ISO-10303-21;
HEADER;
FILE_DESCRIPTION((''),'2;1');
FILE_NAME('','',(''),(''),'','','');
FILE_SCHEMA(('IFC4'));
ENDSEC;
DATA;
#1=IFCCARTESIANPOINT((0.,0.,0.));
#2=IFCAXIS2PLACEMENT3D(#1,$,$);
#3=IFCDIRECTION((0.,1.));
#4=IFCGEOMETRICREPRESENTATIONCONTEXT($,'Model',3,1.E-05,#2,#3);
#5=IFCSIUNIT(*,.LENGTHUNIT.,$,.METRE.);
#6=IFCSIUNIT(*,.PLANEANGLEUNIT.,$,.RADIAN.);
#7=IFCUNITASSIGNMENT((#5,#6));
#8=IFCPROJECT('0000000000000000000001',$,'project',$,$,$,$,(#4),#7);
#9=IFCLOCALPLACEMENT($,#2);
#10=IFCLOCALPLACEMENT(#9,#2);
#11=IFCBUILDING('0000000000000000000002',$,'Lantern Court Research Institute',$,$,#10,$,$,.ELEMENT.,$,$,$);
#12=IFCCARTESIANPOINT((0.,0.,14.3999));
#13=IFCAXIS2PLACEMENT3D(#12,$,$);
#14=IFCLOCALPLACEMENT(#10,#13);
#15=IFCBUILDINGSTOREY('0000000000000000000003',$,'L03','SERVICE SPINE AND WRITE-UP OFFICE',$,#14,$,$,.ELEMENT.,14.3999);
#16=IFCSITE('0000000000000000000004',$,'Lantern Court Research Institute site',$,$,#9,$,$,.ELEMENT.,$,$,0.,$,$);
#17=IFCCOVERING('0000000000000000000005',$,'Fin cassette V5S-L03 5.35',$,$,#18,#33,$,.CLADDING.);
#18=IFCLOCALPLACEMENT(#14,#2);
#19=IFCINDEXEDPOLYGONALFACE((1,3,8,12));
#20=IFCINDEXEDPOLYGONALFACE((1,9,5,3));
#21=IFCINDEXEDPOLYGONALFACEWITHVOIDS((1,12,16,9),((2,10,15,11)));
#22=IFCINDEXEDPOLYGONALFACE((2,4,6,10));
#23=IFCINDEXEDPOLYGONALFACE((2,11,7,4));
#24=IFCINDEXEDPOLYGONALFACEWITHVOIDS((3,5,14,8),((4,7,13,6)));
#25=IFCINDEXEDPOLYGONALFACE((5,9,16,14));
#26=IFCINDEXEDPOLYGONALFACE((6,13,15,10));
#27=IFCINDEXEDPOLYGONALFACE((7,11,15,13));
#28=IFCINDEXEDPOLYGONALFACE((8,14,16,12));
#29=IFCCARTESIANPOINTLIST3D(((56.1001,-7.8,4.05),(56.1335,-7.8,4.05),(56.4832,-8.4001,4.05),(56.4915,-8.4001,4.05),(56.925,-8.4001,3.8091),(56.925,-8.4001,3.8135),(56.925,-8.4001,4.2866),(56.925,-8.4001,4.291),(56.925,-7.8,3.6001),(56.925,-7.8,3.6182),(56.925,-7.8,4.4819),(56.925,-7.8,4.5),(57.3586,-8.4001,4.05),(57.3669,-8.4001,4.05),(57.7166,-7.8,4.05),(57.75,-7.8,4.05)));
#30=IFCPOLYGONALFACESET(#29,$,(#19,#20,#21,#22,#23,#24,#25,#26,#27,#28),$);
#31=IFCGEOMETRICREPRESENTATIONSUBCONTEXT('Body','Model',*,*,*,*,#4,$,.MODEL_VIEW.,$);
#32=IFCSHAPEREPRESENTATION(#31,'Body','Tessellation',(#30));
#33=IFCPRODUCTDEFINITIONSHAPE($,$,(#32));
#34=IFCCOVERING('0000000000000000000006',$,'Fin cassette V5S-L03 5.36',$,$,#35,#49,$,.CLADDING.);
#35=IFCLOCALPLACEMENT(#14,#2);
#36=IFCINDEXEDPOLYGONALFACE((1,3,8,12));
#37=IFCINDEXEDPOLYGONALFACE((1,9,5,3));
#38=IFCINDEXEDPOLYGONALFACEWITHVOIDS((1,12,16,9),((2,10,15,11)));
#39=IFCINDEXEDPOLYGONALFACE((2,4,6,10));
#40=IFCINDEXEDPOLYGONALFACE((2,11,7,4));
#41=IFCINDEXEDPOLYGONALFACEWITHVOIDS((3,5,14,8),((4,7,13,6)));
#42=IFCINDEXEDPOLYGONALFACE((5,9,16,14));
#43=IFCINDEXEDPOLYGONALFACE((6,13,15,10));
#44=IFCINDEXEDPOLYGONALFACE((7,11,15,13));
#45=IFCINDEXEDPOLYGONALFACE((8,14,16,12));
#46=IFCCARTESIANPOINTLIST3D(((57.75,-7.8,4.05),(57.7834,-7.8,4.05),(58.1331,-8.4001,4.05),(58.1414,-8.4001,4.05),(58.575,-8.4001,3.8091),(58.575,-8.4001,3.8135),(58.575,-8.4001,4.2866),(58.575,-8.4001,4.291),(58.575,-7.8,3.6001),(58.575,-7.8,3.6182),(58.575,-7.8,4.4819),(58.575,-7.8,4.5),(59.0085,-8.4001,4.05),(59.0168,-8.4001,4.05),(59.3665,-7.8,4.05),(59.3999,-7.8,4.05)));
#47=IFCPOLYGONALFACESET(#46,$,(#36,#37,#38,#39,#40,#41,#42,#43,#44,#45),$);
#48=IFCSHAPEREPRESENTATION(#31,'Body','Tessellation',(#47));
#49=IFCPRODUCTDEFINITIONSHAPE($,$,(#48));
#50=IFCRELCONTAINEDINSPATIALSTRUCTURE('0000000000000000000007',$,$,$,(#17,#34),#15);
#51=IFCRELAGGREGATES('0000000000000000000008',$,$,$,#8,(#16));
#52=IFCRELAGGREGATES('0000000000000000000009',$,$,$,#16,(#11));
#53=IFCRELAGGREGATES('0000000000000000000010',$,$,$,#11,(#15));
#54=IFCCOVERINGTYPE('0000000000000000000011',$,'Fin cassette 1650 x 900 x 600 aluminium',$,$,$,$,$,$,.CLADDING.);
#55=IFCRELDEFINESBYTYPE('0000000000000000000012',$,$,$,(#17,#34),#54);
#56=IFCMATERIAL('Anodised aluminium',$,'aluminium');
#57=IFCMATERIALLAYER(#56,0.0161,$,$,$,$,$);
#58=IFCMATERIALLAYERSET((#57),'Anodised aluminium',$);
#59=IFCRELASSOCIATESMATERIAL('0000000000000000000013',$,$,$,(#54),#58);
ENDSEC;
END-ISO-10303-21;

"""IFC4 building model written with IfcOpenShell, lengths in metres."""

from ifc_helpers import new_model, entity, si_unit, direction, frame, origin, place, context, subcontext, project, spatial, material, layer, layer_set, type_object, element, save


model = new_model("IFC4")

# Units and contexts
model_context = context("Model", 3, precision=1e-05, world=origin(), true_north=direction((0.0, 1.0)))
body_context = subcontext(model_context, "Body", "Model", "MODEL_VIEW")
ifc_project = project(units=[si_unit("LENGTHUNIT", "METRE"), si_unit("PLANEANGLEUNIT", "RADIAN")], contexts=[model_context])

# Site, building, storey
site_placement = place(None, origin())
site = spatial("IfcSite", under=ifc_project, at=site_placement, Name="Lantern Court Research Institute site", CompositionType="ELEMENT", RefElevation=0.0)
building_placement = place(site_placement, origin())
building = spatial("IfcBuilding", under=site, at=building_placement, Name="Lantern Court Research Institute", CompositionType="ELEMENT")
storey_placement = place(building_placement, frame((0.0, 0.0, 14.3999)))
storey = spatial("IfcBuildingStorey", under=building, at=storey_placement, Name="L03", Description="SERVICE SPINE AND WRITE-UP OFFICE", CompositionType="ELEMENT", Elevation=14.3999)

# Coverings
ifc_material_1 = material(Name="Anodised aluminium", Category="aluminium")
ifc_layer_1 = layer(ifc_material_1, 0.0161)
ifc_layer_set_1 = layer_set([ifc_layer_1], Name="Anodised aluminium")
covering_type = type_object("IfcCoveringType", Name="Fin cassette 1650 x 900 x 600 aluminium", PredefinedType="CLADDING", material=ifc_layer_set_1)
covering_1_placement = place(storey_placement, frame((56.925, -7.8, 4.05), z_axis=(0.0, -1.0, 0.0), x_axis=(1.0, 0.0, 0.0)))
cartesian_point_1 = entity("IfcCartesianPoint", [0.825, 0.0])
cartesian_point_2 = entity("IfcCartesianPoint", [0.7915, 0.0])
cartesian_point_3 = entity("IfcCartesianPoint", [0.4419, 0.0])
cartesian_point_4 = entity("IfcCartesianPoint", [0.4336, 0.0])
element("IfcCovering", 1, at=covering_1_placement, inside=storey, type_object=covering_type, Name="Fin cassette V5S-L03 5.35", PredefinedType="CLADDING", context=body_context, shape_type="SweptSolid", body=[
    entity("IfcExtrudedAreaSolidTapered", entity("IfcArbitraryProfileDefWithVoids", "AREA", None, entity("IfcPolyline", [cartesian_point_1, entity("IfcCartesianPoint", [0.0, 0.45]), entity("IfcCartesianPoint", [-0.825, 0.0]), entity("IfcCartesianPoint", [0.0, -0.45]), cartesian_point_1]), [entity("IfcPolyline", [cartesian_point_2, entity("IfcCartesianPoint", [0.0, 0.4319]), entity("IfcCartesianPoint", [-0.7915, 0.0]), entity("IfcCartesianPoint", [0.0, -0.4319]), cartesian_point_2])]), entity("IfcAxis2Placement3D", entity("IfcCartesianPoint", [0.0, 0.0, 0.0])), entity("IfcDirection", [0.0, 0.0, 1.0]), 0.6001, entity("IfcArbitraryProfileDefWithVoids", "AREA", None, entity("IfcPolyline", [cartesian_point_3, entity("IfcCartesianPoint", [0.0, 0.241]), entity("IfcCartesianPoint", [-0.4419, 0.0]), entity("IfcCartesianPoint", [0.0, -0.241]), cartesian_point_3]), [entity("IfcPolyline", [cartesian_point_4, entity("IfcCartesianPoint", [0.0, 0.2366]), entity("IfcCartesianPoint", [-0.4336, 0.0]), entity("IfcCartesianPoint", [0.0, -0.2366]), cartesian_point_4])])),
])
covering_2_placement = place(storey_placement, frame((58.575, -7.8, 4.05), z_axis=(0.0, -1.0, 0.0), x_axis=(1.0, 0.0, 0.0)))
cartesian_point_5 = entity("IfcCartesianPoint", [0.825, 0.0])
cartesian_point_6 = entity("IfcCartesianPoint", [0.7915, 0.0])
cartesian_point_7 = entity("IfcCartesianPoint", [0.4419, 0.0])
cartesian_point_8 = entity("IfcCartesianPoint", [0.4336, 0.0])
element("IfcCovering", 2, at=covering_2_placement, inside=storey, type_object=covering_type, Name="Fin cassette V5S-L03 5.36", PredefinedType="CLADDING", context=body_context, shape_type="SweptSolid", body=[
    entity("IfcExtrudedAreaSolidTapered", entity("IfcArbitraryProfileDefWithVoids", "AREA", None, entity("IfcPolyline", [cartesian_point_5, entity("IfcCartesianPoint", [0.0, 0.45]), entity("IfcCartesianPoint", [-0.825, 0.0]), entity("IfcCartesianPoint", [0.0, -0.45]), cartesian_point_5]), [entity("IfcPolyline", [cartesian_point_6, entity("IfcCartesianPoint", [0.0, 0.4319]), entity("IfcCartesianPoint", [-0.7915, 0.0]), entity("IfcCartesianPoint", [0.0, -0.4319]), cartesian_point_6])]), entity("IfcAxis2Placement3D", entity("IfcCartesianPoint", [0.0, 0.0, 0.0])), entity("IfcDirection", [0.0, 0.0, 1.0]), 0.6001, entity("IfcArbitraryProfileDefWithVoids", "AREA", None, entity("IfcPolyline", [cartesian_point_7, entity("IfcCartesianPoint", [0.0, 0.241]), entity("IfcCartesianPoint", [-0.4419, 0.0]), entity("IfcCartesianPoint", [0.0, -0.241]), cartesian_point_7]), [entity("IfcPolyline", [cartesian_point_8, entity("IfcCartesianPoint", [0.0, 0.2366]), entity("IfcCartesianPoint", [-0.4336, 0.0]), entity("IfcCartesianPoint", [0.0, -0.2366]), cartesian_point_8])])),
])

save(model, "model.ifc")
